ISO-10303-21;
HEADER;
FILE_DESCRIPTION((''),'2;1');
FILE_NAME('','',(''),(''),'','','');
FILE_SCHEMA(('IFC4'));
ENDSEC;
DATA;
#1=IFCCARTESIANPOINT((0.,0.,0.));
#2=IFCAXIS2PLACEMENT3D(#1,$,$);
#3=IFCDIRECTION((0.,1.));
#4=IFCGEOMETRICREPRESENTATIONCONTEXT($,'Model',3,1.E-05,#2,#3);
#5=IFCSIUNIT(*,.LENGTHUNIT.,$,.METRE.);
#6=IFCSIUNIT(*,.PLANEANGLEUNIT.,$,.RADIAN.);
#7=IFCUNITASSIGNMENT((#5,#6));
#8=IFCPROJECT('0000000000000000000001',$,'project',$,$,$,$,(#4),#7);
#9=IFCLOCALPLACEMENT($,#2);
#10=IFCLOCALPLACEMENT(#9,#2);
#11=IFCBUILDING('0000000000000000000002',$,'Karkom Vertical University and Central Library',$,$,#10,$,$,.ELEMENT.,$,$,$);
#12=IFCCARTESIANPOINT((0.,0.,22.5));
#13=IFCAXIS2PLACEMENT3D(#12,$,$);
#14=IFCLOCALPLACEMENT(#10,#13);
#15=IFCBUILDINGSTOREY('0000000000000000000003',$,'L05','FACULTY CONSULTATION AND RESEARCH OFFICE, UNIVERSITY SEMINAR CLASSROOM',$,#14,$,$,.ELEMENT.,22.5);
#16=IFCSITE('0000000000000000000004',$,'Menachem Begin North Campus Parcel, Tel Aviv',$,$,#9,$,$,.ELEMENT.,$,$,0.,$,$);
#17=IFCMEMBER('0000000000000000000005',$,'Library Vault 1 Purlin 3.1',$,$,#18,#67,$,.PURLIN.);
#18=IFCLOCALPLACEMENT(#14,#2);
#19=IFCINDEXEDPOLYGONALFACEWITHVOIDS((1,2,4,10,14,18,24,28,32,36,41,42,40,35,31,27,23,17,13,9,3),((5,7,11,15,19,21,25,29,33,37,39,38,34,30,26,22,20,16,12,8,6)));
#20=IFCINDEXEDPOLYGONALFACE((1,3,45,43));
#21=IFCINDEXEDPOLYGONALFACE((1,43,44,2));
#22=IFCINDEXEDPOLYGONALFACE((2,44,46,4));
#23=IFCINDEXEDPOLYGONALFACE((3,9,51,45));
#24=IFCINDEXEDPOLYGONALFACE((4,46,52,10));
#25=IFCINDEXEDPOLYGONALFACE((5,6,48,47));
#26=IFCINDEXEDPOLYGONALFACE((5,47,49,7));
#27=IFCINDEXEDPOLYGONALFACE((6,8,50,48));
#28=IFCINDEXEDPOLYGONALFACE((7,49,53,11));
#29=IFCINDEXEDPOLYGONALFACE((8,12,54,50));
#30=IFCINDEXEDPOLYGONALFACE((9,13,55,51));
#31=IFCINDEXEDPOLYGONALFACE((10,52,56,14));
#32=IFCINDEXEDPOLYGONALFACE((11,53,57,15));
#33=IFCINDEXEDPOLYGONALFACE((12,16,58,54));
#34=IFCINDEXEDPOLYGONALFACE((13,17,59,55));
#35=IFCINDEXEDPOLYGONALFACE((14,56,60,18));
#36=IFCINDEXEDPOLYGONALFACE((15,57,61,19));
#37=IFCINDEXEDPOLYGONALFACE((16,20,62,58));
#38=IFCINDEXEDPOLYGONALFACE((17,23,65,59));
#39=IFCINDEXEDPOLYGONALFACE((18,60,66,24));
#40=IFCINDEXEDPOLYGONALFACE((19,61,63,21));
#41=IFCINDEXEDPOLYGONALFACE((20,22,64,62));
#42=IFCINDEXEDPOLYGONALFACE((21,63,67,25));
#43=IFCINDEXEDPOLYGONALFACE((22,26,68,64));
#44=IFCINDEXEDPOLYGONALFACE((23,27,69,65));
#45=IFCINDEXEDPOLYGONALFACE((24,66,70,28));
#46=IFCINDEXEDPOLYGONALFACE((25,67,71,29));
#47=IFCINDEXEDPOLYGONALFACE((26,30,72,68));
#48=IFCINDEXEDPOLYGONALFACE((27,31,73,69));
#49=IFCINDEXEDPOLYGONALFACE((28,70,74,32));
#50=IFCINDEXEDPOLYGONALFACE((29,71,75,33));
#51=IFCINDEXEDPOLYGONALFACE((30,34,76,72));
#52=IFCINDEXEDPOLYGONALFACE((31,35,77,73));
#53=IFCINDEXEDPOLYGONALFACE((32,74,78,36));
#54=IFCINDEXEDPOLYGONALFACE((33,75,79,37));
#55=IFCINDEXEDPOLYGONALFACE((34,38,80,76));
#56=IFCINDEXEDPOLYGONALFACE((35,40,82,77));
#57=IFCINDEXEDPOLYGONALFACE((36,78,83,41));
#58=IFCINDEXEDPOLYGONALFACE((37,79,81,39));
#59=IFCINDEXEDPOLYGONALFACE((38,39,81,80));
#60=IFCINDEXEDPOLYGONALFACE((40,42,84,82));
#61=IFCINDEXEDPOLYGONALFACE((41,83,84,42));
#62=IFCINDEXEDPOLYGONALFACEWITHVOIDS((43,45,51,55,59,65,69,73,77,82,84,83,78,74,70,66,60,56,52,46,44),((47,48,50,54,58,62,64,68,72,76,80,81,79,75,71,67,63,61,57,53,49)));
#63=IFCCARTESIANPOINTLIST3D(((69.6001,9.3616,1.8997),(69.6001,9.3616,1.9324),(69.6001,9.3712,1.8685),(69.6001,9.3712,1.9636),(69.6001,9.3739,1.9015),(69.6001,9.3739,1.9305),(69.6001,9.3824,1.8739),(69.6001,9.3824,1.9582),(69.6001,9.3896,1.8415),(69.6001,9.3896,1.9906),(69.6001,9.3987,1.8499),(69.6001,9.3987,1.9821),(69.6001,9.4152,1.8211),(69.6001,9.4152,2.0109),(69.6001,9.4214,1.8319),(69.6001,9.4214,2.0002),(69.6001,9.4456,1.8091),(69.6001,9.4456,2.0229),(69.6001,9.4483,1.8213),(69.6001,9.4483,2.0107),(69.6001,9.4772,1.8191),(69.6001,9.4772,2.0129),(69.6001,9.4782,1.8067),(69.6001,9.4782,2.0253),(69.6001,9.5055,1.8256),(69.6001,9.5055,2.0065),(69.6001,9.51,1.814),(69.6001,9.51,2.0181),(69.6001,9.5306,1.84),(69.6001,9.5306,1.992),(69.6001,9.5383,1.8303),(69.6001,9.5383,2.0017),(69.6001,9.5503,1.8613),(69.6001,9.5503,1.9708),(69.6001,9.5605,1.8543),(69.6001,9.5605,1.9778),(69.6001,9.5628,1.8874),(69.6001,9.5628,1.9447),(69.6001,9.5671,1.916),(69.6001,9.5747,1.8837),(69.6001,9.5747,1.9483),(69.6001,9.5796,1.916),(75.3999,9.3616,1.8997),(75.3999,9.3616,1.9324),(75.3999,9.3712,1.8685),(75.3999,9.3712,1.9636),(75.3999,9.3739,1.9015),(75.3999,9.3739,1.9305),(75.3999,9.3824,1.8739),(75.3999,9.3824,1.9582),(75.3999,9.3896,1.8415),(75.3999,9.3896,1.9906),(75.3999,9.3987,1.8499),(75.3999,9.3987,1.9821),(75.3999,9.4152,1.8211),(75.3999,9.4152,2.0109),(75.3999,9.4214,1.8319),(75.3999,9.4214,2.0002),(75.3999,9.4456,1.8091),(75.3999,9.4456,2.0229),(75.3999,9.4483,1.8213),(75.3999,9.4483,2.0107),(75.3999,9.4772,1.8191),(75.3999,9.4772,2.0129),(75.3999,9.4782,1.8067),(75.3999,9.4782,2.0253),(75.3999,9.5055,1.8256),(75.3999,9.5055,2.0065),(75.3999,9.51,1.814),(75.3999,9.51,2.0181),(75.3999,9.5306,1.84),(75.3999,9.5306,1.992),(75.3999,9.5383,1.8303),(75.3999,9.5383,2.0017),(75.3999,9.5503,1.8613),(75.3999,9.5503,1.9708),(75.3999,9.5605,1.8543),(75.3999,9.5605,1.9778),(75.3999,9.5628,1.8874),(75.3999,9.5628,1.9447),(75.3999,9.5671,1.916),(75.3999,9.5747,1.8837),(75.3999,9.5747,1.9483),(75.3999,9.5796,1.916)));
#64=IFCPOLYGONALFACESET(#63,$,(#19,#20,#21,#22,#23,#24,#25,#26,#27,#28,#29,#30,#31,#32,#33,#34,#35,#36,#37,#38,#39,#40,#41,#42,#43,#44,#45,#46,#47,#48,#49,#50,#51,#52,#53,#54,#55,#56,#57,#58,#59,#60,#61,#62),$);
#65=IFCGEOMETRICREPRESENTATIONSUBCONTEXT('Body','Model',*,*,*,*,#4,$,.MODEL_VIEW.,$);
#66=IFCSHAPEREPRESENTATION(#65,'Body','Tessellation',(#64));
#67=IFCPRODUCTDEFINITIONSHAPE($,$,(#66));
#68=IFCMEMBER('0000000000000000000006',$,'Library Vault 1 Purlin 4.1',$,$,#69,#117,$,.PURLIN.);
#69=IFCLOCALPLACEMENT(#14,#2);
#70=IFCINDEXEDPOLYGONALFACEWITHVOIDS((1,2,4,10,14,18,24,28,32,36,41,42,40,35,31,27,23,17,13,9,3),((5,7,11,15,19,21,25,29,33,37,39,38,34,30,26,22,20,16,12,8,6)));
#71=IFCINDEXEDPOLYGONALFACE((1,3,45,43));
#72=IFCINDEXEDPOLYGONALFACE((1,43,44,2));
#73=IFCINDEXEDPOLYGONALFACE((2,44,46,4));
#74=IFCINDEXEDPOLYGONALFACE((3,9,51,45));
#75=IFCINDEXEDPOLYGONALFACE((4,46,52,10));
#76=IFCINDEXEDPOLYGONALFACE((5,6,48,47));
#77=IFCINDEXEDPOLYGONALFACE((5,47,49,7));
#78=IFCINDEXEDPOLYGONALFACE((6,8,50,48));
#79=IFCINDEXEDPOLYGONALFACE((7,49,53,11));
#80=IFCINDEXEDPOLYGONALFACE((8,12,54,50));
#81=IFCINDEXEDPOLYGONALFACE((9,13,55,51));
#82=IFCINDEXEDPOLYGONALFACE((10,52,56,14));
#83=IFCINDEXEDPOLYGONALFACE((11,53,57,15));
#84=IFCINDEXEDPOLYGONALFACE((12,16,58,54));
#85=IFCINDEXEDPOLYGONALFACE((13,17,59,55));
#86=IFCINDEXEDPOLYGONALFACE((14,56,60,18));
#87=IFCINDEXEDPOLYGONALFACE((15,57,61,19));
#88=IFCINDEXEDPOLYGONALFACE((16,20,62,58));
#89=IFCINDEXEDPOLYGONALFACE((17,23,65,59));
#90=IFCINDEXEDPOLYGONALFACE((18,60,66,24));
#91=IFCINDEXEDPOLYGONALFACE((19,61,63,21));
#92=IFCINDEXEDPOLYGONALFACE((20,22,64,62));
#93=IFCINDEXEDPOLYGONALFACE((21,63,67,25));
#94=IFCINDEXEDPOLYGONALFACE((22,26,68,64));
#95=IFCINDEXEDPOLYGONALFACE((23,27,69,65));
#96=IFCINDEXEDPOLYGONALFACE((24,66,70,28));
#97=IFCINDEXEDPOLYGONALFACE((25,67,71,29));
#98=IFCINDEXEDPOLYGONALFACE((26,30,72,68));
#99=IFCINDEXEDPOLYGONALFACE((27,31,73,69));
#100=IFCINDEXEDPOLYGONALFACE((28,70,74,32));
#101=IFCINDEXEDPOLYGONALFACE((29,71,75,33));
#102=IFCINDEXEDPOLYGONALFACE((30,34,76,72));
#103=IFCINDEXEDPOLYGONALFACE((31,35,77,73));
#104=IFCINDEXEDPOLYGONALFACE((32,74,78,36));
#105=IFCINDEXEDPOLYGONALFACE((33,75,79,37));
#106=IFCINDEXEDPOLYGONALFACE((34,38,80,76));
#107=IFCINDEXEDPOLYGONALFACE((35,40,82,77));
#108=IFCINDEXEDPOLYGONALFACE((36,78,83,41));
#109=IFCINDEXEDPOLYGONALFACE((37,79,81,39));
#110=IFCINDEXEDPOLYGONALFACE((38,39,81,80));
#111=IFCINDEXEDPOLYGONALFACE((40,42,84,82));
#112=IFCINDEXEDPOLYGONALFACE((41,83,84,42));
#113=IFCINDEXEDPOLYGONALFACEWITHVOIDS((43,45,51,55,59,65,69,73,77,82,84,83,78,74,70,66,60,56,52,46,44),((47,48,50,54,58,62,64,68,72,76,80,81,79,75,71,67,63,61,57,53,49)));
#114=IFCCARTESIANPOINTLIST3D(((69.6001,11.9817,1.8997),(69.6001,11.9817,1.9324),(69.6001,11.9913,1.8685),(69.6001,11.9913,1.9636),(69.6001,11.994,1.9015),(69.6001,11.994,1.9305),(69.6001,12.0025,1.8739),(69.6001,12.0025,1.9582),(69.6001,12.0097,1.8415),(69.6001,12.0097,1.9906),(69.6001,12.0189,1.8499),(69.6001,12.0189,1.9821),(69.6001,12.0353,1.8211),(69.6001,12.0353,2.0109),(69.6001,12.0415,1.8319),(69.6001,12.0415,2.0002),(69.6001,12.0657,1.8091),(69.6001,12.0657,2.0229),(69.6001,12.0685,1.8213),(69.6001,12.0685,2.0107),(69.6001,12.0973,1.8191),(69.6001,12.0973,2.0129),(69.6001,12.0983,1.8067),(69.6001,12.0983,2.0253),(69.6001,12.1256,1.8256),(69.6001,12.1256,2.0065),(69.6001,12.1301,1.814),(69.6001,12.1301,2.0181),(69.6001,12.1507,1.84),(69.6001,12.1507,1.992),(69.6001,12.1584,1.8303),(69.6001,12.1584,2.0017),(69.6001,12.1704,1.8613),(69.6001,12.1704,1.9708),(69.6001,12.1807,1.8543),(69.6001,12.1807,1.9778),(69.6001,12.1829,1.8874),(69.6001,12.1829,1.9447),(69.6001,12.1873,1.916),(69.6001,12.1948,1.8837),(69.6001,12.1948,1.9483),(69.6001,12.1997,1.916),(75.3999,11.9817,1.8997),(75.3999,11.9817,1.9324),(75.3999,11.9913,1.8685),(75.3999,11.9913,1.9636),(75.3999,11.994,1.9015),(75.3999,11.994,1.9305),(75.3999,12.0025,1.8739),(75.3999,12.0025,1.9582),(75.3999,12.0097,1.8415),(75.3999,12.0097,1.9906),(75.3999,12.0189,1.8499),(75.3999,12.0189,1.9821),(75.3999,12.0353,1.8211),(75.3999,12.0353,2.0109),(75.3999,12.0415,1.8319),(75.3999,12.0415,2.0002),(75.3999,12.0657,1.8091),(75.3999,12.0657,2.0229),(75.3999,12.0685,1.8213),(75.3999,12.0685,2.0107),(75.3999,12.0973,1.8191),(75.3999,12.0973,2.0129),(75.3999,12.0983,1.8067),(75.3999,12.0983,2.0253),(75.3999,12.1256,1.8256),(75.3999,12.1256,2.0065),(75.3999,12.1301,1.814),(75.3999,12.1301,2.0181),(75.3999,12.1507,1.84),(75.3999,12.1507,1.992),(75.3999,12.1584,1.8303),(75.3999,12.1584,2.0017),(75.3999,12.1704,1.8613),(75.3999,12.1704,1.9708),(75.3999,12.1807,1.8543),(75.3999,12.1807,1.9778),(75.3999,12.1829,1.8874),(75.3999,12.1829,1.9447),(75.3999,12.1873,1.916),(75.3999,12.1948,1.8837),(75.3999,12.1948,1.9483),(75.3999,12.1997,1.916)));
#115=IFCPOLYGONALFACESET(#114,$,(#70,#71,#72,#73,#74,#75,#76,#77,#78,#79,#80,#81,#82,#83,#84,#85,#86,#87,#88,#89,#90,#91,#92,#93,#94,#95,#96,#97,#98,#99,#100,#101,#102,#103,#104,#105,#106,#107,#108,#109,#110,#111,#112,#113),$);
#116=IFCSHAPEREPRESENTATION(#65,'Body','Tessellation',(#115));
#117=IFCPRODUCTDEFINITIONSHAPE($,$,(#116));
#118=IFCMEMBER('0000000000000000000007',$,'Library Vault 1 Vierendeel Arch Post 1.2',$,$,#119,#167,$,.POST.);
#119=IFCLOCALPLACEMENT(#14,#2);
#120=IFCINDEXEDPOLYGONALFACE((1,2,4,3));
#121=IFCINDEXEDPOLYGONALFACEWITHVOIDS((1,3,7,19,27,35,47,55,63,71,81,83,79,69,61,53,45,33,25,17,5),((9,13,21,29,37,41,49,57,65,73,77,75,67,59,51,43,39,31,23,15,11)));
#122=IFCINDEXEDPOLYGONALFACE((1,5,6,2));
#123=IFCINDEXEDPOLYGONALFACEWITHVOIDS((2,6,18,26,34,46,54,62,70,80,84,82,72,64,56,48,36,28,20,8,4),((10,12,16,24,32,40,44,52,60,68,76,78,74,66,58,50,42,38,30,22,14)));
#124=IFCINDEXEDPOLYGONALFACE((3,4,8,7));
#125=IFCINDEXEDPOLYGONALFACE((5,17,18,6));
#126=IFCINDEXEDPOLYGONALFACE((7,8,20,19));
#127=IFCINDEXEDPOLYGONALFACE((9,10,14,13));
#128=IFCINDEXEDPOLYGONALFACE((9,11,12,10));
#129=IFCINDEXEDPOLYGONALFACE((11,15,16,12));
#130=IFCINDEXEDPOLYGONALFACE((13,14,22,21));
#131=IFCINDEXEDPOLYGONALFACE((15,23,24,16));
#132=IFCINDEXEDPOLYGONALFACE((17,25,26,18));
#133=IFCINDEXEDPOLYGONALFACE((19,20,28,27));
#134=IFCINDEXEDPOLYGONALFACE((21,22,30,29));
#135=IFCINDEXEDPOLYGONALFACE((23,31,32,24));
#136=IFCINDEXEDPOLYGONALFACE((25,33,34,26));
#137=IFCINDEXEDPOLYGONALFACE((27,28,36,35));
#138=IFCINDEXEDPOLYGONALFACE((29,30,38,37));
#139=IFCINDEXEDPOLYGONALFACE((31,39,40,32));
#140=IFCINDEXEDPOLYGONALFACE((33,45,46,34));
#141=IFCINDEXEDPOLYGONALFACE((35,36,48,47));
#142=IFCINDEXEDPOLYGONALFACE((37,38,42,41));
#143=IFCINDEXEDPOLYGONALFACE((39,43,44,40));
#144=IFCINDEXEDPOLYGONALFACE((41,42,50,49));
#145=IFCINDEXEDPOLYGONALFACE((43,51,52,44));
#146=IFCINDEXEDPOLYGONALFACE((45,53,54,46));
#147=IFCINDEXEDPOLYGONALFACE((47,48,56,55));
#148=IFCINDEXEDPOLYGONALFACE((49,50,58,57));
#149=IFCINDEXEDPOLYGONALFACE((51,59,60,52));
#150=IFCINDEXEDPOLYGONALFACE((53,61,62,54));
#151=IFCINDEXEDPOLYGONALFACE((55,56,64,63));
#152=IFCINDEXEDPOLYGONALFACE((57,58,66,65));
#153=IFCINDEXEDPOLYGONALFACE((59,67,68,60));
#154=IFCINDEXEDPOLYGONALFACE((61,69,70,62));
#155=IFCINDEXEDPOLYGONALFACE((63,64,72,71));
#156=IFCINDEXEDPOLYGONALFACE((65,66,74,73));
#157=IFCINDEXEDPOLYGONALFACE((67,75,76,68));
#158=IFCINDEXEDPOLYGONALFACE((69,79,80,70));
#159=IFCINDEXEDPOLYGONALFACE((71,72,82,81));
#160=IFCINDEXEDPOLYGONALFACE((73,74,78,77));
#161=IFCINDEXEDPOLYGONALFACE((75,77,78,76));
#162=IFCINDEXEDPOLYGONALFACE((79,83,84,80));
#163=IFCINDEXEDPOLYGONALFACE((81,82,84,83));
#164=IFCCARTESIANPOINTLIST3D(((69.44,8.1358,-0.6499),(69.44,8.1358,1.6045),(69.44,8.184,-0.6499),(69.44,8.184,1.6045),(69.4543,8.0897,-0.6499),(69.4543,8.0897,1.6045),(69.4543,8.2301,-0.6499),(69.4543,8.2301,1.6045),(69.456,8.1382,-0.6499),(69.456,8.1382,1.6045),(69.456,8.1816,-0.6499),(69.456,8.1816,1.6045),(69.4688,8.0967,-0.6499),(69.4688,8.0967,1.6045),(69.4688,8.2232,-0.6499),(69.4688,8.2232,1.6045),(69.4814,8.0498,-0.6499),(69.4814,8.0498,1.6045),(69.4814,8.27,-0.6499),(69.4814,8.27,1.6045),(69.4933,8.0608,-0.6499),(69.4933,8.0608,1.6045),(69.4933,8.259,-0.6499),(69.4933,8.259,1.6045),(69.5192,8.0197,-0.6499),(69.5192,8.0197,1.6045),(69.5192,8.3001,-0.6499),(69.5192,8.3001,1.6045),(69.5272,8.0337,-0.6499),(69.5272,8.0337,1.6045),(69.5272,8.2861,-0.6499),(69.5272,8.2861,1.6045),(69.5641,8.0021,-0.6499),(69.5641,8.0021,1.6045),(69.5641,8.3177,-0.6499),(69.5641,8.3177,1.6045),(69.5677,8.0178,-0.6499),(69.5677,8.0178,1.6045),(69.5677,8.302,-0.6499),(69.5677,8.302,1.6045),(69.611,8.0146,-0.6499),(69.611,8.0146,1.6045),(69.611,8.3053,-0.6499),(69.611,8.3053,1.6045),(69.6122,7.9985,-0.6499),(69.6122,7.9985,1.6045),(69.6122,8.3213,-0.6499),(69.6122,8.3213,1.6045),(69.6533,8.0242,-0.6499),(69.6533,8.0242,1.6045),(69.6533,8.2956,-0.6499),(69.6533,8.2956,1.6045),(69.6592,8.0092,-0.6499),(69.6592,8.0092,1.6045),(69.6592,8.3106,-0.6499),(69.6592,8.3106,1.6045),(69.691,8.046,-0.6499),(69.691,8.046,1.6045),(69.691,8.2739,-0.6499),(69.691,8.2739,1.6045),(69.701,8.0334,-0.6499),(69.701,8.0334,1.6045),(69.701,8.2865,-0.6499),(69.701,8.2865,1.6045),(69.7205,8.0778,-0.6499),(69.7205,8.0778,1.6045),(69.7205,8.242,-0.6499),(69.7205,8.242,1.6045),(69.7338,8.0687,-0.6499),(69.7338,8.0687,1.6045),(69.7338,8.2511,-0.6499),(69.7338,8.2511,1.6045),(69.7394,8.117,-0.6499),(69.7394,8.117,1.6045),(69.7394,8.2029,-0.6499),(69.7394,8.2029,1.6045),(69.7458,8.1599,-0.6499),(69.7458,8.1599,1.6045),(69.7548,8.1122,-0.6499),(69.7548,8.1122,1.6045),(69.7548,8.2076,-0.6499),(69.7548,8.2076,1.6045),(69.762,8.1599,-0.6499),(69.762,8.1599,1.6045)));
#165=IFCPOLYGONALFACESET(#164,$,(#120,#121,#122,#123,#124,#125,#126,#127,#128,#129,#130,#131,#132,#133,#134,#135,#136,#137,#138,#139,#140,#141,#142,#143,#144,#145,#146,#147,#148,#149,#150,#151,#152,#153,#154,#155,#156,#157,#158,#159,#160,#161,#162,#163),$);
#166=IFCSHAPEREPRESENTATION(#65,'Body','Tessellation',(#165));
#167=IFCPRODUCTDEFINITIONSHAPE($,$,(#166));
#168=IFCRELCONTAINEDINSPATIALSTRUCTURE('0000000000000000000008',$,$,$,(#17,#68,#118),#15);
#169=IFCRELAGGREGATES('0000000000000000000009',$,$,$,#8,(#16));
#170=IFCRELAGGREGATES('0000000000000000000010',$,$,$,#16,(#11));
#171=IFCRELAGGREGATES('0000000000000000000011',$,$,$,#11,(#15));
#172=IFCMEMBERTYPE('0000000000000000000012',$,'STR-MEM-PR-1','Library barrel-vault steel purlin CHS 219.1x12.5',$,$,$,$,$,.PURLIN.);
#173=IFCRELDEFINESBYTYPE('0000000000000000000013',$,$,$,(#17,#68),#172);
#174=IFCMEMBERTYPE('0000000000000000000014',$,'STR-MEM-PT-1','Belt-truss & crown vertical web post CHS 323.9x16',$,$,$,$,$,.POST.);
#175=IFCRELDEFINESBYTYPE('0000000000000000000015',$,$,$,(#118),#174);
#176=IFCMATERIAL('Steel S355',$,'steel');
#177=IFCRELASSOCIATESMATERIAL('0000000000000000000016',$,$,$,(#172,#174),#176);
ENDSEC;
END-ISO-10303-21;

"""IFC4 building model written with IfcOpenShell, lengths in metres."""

from ifc_helpers import new_model, si_unit, direction, frame, origin, origin_with_axes, origin_2d, place, context, subcontext, project, spatial, hollow_circle, extrude, source, transform, mapped, material, material_profile, profile_set, type_object, element, save


model = new_model("IFC4")

# Units and contexts
model_context = context("Model", 3, precision=1e-05, world=origin(), true_north=direction((0.0, 1.0)))
body_context = subcontext(model_context, "Body", "Model", "MODEL_VIEW")
ifc_project = project(units=[si_unit("LENGTHUNIT", "METRE"), si_unit("PLANEANGLEUNIT", "RADIAN")], contexts=[model_context])

# Site, building, storey
site_placement = place(None, origin())
site = spatial("IfcSite", under=ifc_project, at=site_placement, Name="Menachem Begin North Campus Parcel, Tel Aviv", CompositionType="ELEMENT", RefElevation=0.0)
building_placement = place(site_placement, origin())
building = spatial("IfcBuilding", under=site, at=building_placement, Name="Karkom Vertical University and Central Library", CompositionType="ELEMENT")
storey_placement = place(building_placement, frame((0.0, 0.0, 22.5)))
storey = spatial("IfcBuildingStorey", under=building, at=storey_placement, Name="L05", Description="FACULTY CONSULTATION AND RESEARCH OFFICE, UNIVERSITY SEMINAR CLASSROOM", CompositionType="ELEMENT", Elevation=22.5)

# Members
ifc_material_1 = material(Name="Steel S355", Category="steel")
ifc_material_profile_1 = material_profile(ifc_material_1, hollow_circle(Radius=0.1096, WallThickness=0.0125, at=origin_2d()), Name="CHS 219.1x12.5")
ifc_profile_set_1 = profile_set([ifc_material_profile_1], Name="Steel S355")
member_type_1 = type_object("IfcMemberType", Name="STR-MEM-PR-1", Description="Library barrel-vault steel purlin CHS 219.1x12.5", PredefinedType="PURLIN", material=ifc_profile_set_1)
shared_shape_1 = source(origin_with_axes(), body_context, "Body", "SweptSolid", [
    extrude(hollow_circle(Radius=0.1096, WallThickness=0.0125, at=origin_2d()), origin(), (0.0, 0.0, 1.0), 5.7998),
])
for number, where, z_axis, x_axis, name in (
    (1, (69.6001, 9.47, 1.916), (1.0, 0.0, 0.0), (0.0, 1.0, 0.0), "Library Vault 1 Purlin 3.1"),
    (2, (69.6001, 12.0901, 1.916), (1.0, 0.0, 0.0), (0.0, 1.0, 0.0), "Library Vault 1 Purlin 4.1"),
):
    element("IfcMember", number, at=place(storey_placement, frame(where, z_axis=z_axis, x_axis=x_axis)), inside=storey, type_object=member_type_1, Name=name, PredefinedType="PURLIN", context=body_context, shape_type="MappedRepresentation", body=[
        mapped(shared_shape_1, transform((0.0, 0.0, 0.0), scale=1.0)),
    ])
ifc_material_profile_2 = material_profile(ifc_material_1, hollow_circle(Radius=0.1619, WallThickness=0.0161, at=origin_2d()), Name="CHS 323.9x16")
ifc_profile_set_2 = profile_set([ifc_material_profile_2], Name="Steel S355")
member_type_2 = type_object("IfcMemberType", Name="STR-MEM-PT-1", Description="Belt-truss & crown vertical web post CHS 323.9x16", PredefinedType="POST", material=ifc_profile_set_2)
shared_shape_2 = source(origin_with_axes(), body_context, "Body", "SweptSolid", [
    extrude(hollow_circle(Radius=0.1619, WallThickness=0.0161, at=origin_2d()), origin(), (0.0, 0.0, 1.0), 2.2544),
])
for number, where, z_axis, x_axis, name in (
    (3, (69.6001, 8.1599, -0.6499), (0.0, 0.0, 1.0), (1.0, 0.0, 0.0), "Library Vault 1 Vierendeel Arch Post 1.2"),
):
    element("IfcMember", number, at=place(storey_placement, frame(where, z_axis=z_axis, x_axis=x_axis)), inside=storey, type_object=member_type_2, Name=name, PredefinedType="POST", context=body_context, shape_type="MappedRepresentation", body=[
        mapped(shared_shape_2, transform((0.0, 0.0, 0.0), scale=1.0)),
    ])

save(model, "model.ifc")
